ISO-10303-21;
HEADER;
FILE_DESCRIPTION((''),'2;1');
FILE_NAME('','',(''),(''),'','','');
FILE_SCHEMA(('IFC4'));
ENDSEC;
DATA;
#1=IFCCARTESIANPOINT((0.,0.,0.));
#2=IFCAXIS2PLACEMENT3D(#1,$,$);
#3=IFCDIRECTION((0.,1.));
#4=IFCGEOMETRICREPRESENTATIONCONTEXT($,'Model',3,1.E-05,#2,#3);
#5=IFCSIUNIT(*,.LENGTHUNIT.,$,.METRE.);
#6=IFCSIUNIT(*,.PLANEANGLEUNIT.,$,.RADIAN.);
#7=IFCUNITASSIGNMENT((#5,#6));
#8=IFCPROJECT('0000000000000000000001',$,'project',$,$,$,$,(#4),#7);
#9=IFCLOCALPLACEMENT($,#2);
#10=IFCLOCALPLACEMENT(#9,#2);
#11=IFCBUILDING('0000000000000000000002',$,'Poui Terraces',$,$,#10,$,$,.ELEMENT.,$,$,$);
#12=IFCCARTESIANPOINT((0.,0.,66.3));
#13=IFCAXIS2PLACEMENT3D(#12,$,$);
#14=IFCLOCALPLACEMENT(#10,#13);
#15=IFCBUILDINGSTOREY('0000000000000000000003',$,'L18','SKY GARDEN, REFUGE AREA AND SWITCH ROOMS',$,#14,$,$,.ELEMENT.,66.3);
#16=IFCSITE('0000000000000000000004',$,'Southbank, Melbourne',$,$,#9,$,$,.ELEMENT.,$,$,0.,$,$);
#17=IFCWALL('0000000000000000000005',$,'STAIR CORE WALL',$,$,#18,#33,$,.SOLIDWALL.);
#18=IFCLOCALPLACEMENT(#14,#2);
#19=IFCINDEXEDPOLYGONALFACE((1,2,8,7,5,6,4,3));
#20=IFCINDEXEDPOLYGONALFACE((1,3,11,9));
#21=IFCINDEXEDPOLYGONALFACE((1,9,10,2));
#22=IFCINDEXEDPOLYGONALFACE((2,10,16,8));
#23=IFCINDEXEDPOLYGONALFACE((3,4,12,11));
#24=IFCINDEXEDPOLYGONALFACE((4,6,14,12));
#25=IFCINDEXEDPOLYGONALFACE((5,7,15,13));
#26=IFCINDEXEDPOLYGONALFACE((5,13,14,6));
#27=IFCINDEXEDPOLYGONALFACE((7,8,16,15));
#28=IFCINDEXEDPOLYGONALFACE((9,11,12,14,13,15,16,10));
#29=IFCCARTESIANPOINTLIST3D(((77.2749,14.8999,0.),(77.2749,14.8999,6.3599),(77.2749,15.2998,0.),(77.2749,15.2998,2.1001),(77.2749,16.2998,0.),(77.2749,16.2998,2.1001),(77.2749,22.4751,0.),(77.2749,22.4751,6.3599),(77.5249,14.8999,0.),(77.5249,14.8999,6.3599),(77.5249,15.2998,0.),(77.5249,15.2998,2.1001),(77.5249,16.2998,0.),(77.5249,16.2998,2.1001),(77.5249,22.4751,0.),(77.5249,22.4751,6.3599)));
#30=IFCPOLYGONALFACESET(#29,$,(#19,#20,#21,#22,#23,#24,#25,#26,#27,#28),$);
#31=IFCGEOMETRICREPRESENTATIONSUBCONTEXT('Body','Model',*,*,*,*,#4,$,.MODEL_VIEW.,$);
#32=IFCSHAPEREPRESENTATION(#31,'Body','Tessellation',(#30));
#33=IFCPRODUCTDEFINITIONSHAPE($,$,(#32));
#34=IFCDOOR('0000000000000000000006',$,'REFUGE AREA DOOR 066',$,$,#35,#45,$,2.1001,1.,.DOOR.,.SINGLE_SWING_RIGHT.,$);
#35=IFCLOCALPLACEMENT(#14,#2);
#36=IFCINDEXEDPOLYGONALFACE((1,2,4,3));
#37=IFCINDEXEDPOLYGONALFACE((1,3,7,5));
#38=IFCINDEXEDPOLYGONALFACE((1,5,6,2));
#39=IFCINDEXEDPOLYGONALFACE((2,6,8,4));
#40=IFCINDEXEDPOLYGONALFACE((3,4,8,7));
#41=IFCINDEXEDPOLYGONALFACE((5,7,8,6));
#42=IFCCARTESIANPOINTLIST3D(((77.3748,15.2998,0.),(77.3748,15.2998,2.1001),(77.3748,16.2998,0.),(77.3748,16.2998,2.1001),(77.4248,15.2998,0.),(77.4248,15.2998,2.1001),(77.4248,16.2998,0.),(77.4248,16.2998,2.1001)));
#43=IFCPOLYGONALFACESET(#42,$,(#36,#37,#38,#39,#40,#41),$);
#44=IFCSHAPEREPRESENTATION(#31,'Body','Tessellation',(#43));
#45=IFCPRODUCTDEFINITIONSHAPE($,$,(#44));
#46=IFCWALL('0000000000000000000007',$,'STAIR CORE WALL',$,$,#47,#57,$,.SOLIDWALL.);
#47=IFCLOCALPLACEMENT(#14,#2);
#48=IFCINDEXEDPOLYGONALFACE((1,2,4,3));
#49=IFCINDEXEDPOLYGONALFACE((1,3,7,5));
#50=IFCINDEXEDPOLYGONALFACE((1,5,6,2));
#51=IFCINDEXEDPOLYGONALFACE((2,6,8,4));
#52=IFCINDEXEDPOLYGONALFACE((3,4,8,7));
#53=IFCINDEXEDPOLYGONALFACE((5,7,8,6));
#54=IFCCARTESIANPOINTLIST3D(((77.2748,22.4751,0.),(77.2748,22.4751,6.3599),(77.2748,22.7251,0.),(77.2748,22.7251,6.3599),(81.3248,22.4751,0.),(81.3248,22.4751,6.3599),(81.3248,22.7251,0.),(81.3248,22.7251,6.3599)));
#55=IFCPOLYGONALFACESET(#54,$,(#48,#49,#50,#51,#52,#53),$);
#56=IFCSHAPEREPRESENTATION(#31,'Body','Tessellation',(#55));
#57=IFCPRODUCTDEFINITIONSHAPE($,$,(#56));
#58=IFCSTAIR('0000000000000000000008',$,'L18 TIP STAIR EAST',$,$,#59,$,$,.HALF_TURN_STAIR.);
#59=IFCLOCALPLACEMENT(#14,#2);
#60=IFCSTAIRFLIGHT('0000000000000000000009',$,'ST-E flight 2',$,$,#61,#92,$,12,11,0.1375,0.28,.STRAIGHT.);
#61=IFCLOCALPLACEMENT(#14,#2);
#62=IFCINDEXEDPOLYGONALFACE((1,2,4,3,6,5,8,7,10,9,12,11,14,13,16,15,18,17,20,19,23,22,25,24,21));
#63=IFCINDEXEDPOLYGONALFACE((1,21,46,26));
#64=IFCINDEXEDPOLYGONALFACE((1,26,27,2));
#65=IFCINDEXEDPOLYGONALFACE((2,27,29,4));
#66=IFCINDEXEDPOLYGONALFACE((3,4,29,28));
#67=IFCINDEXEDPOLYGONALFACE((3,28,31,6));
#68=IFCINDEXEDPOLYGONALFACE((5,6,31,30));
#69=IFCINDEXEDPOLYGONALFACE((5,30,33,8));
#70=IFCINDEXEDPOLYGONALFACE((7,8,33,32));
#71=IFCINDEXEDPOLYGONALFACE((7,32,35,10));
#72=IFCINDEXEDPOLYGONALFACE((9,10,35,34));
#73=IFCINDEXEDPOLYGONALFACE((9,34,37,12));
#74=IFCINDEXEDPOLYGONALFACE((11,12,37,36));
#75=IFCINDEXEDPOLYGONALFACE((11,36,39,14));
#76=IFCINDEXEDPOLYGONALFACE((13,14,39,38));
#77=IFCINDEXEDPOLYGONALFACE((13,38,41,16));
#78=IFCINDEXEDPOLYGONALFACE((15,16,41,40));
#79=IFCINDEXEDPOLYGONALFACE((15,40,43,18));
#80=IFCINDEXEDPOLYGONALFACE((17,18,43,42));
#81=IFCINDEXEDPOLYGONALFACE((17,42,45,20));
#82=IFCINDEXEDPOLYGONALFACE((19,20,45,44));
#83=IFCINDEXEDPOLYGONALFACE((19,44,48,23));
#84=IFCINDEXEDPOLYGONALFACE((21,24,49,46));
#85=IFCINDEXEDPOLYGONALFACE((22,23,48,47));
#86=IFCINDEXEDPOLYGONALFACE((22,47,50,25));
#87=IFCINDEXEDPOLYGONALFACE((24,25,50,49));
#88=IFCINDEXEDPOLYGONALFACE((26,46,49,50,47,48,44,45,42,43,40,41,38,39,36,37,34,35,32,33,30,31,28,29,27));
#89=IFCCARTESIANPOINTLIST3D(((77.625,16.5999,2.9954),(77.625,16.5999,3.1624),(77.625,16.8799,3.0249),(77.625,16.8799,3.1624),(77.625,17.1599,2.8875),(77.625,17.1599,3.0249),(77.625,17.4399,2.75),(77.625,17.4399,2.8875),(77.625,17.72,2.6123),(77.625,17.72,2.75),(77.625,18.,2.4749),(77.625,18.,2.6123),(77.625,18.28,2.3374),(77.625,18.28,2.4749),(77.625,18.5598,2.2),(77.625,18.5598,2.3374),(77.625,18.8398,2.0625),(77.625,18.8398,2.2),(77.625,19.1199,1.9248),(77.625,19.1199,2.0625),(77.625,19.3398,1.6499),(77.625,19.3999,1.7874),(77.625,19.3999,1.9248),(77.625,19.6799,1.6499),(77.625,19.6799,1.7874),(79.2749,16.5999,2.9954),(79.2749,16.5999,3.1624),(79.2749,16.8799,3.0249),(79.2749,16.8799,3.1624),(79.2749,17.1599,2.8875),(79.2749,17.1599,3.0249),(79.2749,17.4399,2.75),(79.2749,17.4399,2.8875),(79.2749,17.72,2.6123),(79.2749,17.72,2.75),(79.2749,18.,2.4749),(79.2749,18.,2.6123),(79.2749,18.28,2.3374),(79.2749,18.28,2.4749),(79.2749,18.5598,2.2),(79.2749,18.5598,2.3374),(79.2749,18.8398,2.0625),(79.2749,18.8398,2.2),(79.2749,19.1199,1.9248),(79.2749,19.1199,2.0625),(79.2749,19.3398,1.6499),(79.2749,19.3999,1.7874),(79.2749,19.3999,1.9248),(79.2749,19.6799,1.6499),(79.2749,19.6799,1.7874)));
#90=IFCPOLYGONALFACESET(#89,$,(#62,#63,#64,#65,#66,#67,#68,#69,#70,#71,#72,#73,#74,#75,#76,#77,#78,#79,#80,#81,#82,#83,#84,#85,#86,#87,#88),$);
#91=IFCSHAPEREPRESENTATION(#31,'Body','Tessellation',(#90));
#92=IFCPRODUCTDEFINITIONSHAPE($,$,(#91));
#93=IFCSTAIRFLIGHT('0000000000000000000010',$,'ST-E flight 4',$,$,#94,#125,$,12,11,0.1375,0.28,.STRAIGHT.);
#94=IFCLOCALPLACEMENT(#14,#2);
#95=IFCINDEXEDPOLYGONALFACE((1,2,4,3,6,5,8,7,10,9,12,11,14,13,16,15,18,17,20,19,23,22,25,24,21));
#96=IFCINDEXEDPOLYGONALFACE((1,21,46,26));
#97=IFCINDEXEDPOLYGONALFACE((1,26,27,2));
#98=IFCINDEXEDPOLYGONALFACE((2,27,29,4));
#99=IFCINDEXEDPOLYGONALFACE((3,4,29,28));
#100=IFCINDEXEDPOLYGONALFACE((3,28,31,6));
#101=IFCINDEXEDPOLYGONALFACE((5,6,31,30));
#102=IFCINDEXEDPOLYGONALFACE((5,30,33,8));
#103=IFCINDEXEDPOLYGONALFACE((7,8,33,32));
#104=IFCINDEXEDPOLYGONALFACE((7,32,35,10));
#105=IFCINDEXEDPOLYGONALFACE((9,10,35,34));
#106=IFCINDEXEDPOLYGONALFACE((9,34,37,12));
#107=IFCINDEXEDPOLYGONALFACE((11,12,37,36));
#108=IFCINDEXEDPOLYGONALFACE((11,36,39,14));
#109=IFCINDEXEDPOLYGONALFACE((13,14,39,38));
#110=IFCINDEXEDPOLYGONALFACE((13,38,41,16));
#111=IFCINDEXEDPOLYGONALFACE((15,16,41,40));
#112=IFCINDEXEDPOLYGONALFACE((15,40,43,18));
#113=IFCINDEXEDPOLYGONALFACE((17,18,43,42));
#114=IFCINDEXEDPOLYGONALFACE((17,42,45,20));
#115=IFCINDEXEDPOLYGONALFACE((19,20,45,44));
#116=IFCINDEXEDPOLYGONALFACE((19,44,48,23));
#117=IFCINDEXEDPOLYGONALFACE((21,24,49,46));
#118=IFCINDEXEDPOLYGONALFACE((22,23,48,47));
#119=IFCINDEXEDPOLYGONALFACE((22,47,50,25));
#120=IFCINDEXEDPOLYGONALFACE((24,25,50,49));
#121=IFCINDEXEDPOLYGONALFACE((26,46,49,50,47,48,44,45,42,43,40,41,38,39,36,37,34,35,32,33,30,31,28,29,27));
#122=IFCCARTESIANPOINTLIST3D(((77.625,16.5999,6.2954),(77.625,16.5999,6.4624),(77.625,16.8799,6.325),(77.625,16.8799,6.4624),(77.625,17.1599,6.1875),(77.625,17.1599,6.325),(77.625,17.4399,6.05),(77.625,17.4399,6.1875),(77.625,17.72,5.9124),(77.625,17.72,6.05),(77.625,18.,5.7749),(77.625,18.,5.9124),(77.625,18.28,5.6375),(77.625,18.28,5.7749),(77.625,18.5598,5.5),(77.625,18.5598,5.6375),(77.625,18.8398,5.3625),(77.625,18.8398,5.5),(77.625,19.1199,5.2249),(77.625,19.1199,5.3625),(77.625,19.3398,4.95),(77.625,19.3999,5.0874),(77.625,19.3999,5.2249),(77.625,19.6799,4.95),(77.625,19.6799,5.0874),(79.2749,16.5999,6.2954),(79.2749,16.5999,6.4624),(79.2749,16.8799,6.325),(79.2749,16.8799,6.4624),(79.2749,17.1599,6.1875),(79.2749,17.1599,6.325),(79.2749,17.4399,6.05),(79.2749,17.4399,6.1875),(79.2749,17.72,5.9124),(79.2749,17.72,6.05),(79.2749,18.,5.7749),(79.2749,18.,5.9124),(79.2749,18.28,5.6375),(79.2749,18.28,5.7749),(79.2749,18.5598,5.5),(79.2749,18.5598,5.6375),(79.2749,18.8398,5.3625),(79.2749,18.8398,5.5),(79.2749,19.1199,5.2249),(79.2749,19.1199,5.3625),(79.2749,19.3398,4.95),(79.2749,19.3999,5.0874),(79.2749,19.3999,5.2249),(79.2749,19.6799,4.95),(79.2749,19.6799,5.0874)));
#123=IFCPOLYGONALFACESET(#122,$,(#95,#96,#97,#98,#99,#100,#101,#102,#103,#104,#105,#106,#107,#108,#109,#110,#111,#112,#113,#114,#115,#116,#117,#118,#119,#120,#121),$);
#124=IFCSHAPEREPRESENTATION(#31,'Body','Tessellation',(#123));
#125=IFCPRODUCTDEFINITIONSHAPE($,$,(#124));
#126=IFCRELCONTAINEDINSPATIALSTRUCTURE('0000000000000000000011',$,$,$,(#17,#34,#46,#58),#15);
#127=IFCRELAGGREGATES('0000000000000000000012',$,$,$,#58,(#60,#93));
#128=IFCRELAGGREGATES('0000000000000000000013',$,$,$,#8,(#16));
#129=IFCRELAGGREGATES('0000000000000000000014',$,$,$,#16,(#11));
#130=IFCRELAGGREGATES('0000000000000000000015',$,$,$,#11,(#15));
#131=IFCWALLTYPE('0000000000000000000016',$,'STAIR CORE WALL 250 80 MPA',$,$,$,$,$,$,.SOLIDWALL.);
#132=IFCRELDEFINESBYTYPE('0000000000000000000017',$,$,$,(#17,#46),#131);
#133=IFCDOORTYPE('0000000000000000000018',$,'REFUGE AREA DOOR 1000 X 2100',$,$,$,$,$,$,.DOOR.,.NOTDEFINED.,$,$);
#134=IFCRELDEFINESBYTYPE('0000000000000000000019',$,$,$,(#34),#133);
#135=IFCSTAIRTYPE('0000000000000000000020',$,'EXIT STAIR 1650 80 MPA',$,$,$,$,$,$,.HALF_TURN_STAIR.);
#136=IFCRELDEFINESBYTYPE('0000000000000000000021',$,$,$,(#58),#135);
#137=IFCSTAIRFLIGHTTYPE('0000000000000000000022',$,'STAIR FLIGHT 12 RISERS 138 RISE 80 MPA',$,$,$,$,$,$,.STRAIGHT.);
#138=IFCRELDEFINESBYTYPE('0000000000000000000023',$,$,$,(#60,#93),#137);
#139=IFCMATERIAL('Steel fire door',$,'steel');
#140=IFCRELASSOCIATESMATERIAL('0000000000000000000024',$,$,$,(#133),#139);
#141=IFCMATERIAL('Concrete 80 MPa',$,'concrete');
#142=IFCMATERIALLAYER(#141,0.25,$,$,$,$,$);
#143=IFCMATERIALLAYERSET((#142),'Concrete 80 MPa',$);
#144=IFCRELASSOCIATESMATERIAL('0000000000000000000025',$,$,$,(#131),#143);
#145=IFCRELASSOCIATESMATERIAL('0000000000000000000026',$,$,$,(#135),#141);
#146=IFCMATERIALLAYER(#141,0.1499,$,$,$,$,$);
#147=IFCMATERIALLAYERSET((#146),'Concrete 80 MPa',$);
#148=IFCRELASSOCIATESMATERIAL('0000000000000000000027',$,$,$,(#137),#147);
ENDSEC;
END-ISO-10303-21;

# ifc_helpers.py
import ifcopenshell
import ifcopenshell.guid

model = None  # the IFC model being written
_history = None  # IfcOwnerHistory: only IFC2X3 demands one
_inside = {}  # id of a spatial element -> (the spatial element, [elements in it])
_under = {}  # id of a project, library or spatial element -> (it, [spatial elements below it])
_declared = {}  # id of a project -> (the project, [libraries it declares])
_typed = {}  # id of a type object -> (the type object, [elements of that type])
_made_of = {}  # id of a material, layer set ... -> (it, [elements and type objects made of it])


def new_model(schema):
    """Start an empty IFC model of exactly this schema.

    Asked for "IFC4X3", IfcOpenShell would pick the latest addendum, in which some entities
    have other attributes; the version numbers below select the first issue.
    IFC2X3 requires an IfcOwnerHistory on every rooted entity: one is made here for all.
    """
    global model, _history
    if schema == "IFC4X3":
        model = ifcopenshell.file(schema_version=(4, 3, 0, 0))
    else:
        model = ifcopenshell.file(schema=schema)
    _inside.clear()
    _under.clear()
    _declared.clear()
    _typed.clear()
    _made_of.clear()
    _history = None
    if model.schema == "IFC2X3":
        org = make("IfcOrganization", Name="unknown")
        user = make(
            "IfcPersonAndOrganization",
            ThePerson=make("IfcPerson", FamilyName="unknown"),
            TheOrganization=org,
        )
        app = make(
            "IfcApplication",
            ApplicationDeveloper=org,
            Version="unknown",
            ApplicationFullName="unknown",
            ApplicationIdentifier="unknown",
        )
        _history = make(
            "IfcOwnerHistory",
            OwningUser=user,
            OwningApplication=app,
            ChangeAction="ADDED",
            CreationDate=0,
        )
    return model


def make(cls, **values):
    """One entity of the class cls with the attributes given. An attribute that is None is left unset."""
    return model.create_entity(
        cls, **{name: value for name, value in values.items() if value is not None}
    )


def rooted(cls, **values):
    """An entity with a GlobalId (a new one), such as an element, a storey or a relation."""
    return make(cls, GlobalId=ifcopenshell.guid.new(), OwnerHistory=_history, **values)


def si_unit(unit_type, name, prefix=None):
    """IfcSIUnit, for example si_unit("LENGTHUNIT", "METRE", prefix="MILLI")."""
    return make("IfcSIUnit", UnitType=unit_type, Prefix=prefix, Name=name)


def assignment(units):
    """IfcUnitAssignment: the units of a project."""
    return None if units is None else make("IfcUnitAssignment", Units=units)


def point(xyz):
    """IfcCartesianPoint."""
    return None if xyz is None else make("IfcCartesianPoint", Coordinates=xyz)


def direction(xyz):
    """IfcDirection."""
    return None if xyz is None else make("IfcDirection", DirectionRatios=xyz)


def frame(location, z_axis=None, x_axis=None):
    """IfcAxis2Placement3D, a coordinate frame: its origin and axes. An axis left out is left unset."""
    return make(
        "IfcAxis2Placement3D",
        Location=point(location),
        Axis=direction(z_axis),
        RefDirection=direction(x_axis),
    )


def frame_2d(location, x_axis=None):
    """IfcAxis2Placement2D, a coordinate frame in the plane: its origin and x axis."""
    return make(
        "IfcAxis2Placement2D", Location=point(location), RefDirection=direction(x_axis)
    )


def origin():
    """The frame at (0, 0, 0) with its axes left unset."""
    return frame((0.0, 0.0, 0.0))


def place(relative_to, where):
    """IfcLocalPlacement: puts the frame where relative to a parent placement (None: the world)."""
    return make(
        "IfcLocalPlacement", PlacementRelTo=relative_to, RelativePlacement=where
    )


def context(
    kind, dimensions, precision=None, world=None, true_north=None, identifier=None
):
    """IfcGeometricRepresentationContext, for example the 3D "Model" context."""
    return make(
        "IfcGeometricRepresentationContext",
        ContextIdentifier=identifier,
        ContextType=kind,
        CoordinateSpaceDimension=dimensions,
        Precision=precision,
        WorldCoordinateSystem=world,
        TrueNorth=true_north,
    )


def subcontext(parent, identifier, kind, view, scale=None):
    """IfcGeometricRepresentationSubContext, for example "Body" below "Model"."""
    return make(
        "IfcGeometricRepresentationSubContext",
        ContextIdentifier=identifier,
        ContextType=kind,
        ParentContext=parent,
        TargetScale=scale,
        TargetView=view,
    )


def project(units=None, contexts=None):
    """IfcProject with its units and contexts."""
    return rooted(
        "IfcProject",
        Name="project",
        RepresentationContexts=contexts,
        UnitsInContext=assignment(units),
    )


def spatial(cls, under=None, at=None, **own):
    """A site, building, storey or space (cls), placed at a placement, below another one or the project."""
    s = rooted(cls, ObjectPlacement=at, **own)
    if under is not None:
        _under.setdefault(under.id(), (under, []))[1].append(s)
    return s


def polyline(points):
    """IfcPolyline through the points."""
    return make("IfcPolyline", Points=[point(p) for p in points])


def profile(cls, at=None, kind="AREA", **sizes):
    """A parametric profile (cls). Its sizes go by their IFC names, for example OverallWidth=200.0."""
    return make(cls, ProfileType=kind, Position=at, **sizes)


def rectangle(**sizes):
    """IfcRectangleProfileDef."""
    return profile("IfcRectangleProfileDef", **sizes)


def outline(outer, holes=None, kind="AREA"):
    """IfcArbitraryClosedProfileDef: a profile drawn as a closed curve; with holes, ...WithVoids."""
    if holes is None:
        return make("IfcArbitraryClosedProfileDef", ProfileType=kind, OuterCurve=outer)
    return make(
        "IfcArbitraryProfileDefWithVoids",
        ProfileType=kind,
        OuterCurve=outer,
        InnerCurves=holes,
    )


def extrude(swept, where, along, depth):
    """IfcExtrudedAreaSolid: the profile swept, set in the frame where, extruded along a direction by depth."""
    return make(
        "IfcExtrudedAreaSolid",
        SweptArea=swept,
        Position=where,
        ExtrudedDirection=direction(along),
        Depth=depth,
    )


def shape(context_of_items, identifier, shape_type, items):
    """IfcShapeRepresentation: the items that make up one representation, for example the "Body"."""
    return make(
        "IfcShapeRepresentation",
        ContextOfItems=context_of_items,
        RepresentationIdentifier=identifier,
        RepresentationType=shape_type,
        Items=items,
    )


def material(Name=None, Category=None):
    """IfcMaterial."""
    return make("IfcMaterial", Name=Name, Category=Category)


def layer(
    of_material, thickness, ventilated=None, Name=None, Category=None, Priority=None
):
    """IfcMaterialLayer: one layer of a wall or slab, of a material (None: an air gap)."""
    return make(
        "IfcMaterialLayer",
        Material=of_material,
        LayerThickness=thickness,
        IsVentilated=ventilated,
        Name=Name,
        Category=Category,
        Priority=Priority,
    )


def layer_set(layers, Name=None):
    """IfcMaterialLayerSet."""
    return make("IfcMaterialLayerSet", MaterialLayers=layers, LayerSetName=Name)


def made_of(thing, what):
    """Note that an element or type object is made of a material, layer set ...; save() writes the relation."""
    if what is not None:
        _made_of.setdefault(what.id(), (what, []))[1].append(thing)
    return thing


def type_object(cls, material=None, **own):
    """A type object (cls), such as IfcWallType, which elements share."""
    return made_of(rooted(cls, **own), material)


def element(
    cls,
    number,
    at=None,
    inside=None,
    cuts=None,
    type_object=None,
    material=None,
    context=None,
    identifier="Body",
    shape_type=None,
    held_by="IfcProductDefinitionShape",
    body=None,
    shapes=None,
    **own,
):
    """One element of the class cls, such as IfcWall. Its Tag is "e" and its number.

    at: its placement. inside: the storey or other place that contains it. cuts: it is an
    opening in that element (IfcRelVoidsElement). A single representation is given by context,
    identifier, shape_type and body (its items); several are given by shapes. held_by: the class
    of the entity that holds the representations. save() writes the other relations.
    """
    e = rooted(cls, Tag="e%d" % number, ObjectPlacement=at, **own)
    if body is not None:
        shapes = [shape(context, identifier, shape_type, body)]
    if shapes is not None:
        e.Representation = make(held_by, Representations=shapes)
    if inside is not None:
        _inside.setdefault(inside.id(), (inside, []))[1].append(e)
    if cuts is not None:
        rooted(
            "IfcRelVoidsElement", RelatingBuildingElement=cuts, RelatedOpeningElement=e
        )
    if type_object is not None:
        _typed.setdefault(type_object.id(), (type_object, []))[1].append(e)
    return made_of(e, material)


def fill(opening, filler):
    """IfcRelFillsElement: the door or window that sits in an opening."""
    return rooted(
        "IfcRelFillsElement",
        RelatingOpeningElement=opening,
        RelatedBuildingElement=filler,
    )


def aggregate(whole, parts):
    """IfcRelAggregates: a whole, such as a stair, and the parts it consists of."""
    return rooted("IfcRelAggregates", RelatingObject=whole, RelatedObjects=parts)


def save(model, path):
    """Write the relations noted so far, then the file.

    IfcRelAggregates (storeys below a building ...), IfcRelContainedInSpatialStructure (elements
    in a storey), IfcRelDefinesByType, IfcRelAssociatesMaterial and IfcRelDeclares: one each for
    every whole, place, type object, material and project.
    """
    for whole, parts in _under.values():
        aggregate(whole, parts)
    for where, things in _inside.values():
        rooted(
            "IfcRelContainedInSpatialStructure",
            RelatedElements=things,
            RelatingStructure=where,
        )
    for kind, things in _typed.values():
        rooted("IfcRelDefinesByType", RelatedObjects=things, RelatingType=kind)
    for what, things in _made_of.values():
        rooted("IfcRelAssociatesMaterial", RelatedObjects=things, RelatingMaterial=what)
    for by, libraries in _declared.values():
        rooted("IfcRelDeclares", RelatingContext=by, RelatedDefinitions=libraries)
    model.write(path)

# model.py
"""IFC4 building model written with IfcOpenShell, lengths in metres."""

from ifc_helpers import new_model, si_unit, direction, frame, frame_2d, origin, place, context, subcontext, project, spatial, polyline, rectangle, outline, extrude, material, layer, layer_set, type_object, element, fill, aggregate, save


model = new_model("IFC4")

# Units and contexts
model_context = context("Model", 3, precision=1e-05, world=origin(), true_north=direction((0.0, 1.0)))
body_context = subcontext(model_context, "Body", "Model", "MODEL_VIEW")
ifc_project = project(units=[si_unit("LENGTHUNIT", "METRE"), si_unit("PLANEANGLEUNIT", "RADIAN")], contexts=[model_context])

# Site, building, storey
site_placement = place(None, origin())
site = spatial("IfcSite", under=ifc_project, at=site_placement, Name="Southbank, Melbourne", CompositionType="ELEMENT", RefElevation=0.0)
building_placement = place(site_placement, origin())
building = spatial("IfcBuilding", under=site, at=building_placement, Name="Poui Terraces", CompositionType="ELEMENT")
storey_placement = place(building_placement, frame((0.0, 0.0, 66.3)))
storey = spatial("IfcBuildingStorey", under=building, at=storey_placement, Name="L18", Description="SKY GARDEN, REFUGE AREA AND SWITCH ROOMS", CompositionType="ELEMENT", Elevation=66.3)

# Shared definitions
ifc_material_1 = material(Name="Concrete 80 MPa", Category="concrete")
ifc_material_2 = material(Name="Steel fire door", Category="steel")

# Shared definitions
door_type_1 = type_object("IfcDoorType", Name="REFUGE AREA DOOR 1000 X 2100", OperationType="NOTDEFINED", PredefinedType="DOOR", material=ifc_material_2)

# Shared definitions
ifc_layer_1 = layer(ifc_material_1, 0.25)
ifc_layer_set_1 = layer_set([ifc_layer_1], Name="Concrete 80 MPa")
wall_type_1 = type_object("IfcWallType", Name="STAIR CORE WALL 250 80 MPA", PredefinedType="SOLIDWALL", material=ifc_layer_set_1)

# Wall, opening, door
wall_1_placement = place(storey_placement, frame((77.3999, 14.8999, 0.0), z_axis=(0.0, 0.0, 1.0), x_axis=(0.0, 1.0, 0.0)))
wall_1 = element("IfcWall", 1, at=wall_1_placement, inside=storey, type_object=wall_type_1, Name="STAIR CORE WALL", PredefinedType="SOLIDWALL", context=body_context, shape_type="SweptSolid", body=[
    extrude(rectangle(XDim=7.5752, YDim=0.25, at=frame_2d((3.7876, 0.0))), origin(), (0.0, 0.0, 1.0), 6.3599),
])
opening_1_placement = place(wall_1_placement, frame((0.3999, 0.0, 0.0)))
opening_1 = element("IfcOpeningElement", 2, at=opening_1_placement, cuts=wall_1, PredefinedType="OPENING", context=body_context, shape_type="SweptSolid", body=[
    extrude(rectangle(XDim=1.0, YDim=2.1001, at=frame_2d((0.5, 1.05))), frame((0.0, 0.135, 0.0), z_axis=(0.0, -1.0, 0.0), x_axis=(1.0, 0.0, 0.0)), (0.0, 0.0, 1.0), 0.27),
])
door_1_placement = place(opening_1_placement, frame((1.0, 0.0, 0.0), z_axis=(0.0, 0.0, 1.0), x_axis=(-1.0, 0.0, 0.0)))
door_1 = element("IfcDoor", 3, at=door_1_placement, inside=storey, type_object=door_type_1, Name="REFUGE AREA DOOR 066", OperationType="SINGLE_SWING_RIGHT", OverallHeight=2.1001, OverallWidth=1.0, PredefinedType="DOOR", context=body_context, shape_type="SweptSolid", body=[
    extrude(rectangle(XDim=1.0, YDim=2.1001, at=frame_2d((0.5, 1.05))), frame((0.0, 0.0249, 0.0), z_axis=(0.0, -1.0, 0.0), x_axis=(1.0, 0.0, 0.0)), (0.0, 0.0, 1.0), 0.05),
])
fill(opening_1, door_1)

# Wall
wall_2_placement = place(storey_placement, frame((77.2749, 22.6001, 0.0), z_axis=(0.0, 0.0, 1.0), x_axis=(1.0, 0.0, 0.0)))
element("IfcWall", 4, at=wall_2_placement, inside=storey, type_object=wall_type_1, Name="STAIR CORE WALL", PredefinedType="SOLIDWALL", context=body_context, shape_type="SweptSolid", body=[
    extrude(rectangle(XDim=4.05, YDim=0.25, at=frame_2d((2.0249, 0.0))), origin(), (0.0, 0.0, 1.0), 6.3599),
])

# Stair, stair flights
stair_type = type_object("IfcStairType", Name="EXIT STAIR 1650 80 MPA", PredefinedType="HALF_TURN_STAIR", material=ifc_material_1)
stair_placement = place(storey_placement, origin())
stair = element("IfcStair", 5, at=stair_placement, inside=storey, type_object=stair_type, Name="L18 TIP STAIR EAST", PredefinedType="HALF_TURN_STAIR")
ifc_layer_2 = layer(ifc_material_1, 0.1499)
ifc_layer_set_2 = layer_set([ifc_layer_2], Name="Concrete 80 MPa")
stair_flight_type = type_object("IfcStairFlightType", Name="STAIR FLIGHT 12 RISERS 138 RISE 80 MPA", PredefinedType="STRAIGHT", material=ifc_layer_set_2)
stair_flight_1_placement = place(storey_placement, frame((78.45, 19.6799, 1.6499), z_axis=(0.0, 0.0, 1.0), x_axis=(0.0, -1.0, 0.0)))
stair_flight_1 = element("IfcStairFlight", 6, at=stair_flight_1_placement, type_object=stair_flight_type, Name="ST-E flight 2", NumberOfRisers=12, NumberOfTreads=11, PredefinedType="STRAIGHT", RiserHeight=0.1375, TreadLength=0.28, context=body_context, shape_type="SweptSolid", body=[
    extrude(outline(polyline([(0.0, 0.0), (0.0, 0.1375), (0.28, 0.1375), (0.28, 0.2749), (0.5601, 0.2749), (0.5601, 0.4126), (0.8401, 0.4126), (0.8401, 0.55), (1.1201, 0.55), (1.1201, 0.6875), (1.3999, 0.6875), (1.3999, 0.825), (1.6799, 0.825), (1.6799, 0.9624), (1.96, 0.9624), (1.96, 1.1001), (2.24, 1.1001), (2.24, 1.2375), (2.52, 1.2375), (2.52, 1.375), (2.8, 1.375), (2.8, 1.5125), (3.0801, 1.5125), (3.0801, 1.6499), (3.0801, 1.3455), (0.3401, 0.0), (0.0, 0.0)])), frame((0.0, 0.825, 0.0), z_axis=(0.0, -1.0, 0.0), x_axis=(1.0, 0.0, 0.0)), (0.0, 0.0, 1.0), 1.6499),
])
stair_flight_2_placement = place(storey_placement, frame((78.45, 19.6799, 4.95), z_axis=(0.0, 0.0, 1.0), x_axis=(0.0, -1.0, 0.0)))
stair_flight_2 = element("IfcStairFlight", 7, at=stair_flight_2_placement, type_object=stair_flight_type, Name="ST-E flight 4", NumberOfRisers=12, NumberOfTreads=11, PredefinedType="STRAIGHT", RiserHeight=0.1375, TreadLength=0.28, context=body_context, shape_type="SweptSolid", body=[
    extrude(outline(polyline([(0.0, 0.0), (0.0, 0.1375), (0.28, 0.1375), (0.28, 0.2749), (0.5601, 0.2749), (0.5601, 0.4126), (0.8401, 0.4126), (0.8401, 0.55), (1.1201, 0.55), (1.1201, 0.6875), (1.3999, 0.6875), (1.3999, 0.825), (1.6799, 0.825), (1.6799, 0.9624), (1.96, 0.9624), (1.96, 1.1001), (2.24, 1.1001), (2.24, 1.2375), (2.52, 1.2375), (2.52, 1.375), (2.8, 1.375), (2.8, 1.5125), (3.0801, 1.5125), (3.0801, 1.6499), (3.0801, 1.3455), (0.3401, 0.0), (0.0, 0.0)])), frame((0.0, 0.825, 0.0), z_axis=(0.0, -1.0, 0.0), x_axis=(1.0, 0.0, 0.0)), (0.0, 0.0, 1.0), 1.6499),
])
aggregate(stair, [stair_flight_1, stair_flight_2])

save(model, "model.ifc")
